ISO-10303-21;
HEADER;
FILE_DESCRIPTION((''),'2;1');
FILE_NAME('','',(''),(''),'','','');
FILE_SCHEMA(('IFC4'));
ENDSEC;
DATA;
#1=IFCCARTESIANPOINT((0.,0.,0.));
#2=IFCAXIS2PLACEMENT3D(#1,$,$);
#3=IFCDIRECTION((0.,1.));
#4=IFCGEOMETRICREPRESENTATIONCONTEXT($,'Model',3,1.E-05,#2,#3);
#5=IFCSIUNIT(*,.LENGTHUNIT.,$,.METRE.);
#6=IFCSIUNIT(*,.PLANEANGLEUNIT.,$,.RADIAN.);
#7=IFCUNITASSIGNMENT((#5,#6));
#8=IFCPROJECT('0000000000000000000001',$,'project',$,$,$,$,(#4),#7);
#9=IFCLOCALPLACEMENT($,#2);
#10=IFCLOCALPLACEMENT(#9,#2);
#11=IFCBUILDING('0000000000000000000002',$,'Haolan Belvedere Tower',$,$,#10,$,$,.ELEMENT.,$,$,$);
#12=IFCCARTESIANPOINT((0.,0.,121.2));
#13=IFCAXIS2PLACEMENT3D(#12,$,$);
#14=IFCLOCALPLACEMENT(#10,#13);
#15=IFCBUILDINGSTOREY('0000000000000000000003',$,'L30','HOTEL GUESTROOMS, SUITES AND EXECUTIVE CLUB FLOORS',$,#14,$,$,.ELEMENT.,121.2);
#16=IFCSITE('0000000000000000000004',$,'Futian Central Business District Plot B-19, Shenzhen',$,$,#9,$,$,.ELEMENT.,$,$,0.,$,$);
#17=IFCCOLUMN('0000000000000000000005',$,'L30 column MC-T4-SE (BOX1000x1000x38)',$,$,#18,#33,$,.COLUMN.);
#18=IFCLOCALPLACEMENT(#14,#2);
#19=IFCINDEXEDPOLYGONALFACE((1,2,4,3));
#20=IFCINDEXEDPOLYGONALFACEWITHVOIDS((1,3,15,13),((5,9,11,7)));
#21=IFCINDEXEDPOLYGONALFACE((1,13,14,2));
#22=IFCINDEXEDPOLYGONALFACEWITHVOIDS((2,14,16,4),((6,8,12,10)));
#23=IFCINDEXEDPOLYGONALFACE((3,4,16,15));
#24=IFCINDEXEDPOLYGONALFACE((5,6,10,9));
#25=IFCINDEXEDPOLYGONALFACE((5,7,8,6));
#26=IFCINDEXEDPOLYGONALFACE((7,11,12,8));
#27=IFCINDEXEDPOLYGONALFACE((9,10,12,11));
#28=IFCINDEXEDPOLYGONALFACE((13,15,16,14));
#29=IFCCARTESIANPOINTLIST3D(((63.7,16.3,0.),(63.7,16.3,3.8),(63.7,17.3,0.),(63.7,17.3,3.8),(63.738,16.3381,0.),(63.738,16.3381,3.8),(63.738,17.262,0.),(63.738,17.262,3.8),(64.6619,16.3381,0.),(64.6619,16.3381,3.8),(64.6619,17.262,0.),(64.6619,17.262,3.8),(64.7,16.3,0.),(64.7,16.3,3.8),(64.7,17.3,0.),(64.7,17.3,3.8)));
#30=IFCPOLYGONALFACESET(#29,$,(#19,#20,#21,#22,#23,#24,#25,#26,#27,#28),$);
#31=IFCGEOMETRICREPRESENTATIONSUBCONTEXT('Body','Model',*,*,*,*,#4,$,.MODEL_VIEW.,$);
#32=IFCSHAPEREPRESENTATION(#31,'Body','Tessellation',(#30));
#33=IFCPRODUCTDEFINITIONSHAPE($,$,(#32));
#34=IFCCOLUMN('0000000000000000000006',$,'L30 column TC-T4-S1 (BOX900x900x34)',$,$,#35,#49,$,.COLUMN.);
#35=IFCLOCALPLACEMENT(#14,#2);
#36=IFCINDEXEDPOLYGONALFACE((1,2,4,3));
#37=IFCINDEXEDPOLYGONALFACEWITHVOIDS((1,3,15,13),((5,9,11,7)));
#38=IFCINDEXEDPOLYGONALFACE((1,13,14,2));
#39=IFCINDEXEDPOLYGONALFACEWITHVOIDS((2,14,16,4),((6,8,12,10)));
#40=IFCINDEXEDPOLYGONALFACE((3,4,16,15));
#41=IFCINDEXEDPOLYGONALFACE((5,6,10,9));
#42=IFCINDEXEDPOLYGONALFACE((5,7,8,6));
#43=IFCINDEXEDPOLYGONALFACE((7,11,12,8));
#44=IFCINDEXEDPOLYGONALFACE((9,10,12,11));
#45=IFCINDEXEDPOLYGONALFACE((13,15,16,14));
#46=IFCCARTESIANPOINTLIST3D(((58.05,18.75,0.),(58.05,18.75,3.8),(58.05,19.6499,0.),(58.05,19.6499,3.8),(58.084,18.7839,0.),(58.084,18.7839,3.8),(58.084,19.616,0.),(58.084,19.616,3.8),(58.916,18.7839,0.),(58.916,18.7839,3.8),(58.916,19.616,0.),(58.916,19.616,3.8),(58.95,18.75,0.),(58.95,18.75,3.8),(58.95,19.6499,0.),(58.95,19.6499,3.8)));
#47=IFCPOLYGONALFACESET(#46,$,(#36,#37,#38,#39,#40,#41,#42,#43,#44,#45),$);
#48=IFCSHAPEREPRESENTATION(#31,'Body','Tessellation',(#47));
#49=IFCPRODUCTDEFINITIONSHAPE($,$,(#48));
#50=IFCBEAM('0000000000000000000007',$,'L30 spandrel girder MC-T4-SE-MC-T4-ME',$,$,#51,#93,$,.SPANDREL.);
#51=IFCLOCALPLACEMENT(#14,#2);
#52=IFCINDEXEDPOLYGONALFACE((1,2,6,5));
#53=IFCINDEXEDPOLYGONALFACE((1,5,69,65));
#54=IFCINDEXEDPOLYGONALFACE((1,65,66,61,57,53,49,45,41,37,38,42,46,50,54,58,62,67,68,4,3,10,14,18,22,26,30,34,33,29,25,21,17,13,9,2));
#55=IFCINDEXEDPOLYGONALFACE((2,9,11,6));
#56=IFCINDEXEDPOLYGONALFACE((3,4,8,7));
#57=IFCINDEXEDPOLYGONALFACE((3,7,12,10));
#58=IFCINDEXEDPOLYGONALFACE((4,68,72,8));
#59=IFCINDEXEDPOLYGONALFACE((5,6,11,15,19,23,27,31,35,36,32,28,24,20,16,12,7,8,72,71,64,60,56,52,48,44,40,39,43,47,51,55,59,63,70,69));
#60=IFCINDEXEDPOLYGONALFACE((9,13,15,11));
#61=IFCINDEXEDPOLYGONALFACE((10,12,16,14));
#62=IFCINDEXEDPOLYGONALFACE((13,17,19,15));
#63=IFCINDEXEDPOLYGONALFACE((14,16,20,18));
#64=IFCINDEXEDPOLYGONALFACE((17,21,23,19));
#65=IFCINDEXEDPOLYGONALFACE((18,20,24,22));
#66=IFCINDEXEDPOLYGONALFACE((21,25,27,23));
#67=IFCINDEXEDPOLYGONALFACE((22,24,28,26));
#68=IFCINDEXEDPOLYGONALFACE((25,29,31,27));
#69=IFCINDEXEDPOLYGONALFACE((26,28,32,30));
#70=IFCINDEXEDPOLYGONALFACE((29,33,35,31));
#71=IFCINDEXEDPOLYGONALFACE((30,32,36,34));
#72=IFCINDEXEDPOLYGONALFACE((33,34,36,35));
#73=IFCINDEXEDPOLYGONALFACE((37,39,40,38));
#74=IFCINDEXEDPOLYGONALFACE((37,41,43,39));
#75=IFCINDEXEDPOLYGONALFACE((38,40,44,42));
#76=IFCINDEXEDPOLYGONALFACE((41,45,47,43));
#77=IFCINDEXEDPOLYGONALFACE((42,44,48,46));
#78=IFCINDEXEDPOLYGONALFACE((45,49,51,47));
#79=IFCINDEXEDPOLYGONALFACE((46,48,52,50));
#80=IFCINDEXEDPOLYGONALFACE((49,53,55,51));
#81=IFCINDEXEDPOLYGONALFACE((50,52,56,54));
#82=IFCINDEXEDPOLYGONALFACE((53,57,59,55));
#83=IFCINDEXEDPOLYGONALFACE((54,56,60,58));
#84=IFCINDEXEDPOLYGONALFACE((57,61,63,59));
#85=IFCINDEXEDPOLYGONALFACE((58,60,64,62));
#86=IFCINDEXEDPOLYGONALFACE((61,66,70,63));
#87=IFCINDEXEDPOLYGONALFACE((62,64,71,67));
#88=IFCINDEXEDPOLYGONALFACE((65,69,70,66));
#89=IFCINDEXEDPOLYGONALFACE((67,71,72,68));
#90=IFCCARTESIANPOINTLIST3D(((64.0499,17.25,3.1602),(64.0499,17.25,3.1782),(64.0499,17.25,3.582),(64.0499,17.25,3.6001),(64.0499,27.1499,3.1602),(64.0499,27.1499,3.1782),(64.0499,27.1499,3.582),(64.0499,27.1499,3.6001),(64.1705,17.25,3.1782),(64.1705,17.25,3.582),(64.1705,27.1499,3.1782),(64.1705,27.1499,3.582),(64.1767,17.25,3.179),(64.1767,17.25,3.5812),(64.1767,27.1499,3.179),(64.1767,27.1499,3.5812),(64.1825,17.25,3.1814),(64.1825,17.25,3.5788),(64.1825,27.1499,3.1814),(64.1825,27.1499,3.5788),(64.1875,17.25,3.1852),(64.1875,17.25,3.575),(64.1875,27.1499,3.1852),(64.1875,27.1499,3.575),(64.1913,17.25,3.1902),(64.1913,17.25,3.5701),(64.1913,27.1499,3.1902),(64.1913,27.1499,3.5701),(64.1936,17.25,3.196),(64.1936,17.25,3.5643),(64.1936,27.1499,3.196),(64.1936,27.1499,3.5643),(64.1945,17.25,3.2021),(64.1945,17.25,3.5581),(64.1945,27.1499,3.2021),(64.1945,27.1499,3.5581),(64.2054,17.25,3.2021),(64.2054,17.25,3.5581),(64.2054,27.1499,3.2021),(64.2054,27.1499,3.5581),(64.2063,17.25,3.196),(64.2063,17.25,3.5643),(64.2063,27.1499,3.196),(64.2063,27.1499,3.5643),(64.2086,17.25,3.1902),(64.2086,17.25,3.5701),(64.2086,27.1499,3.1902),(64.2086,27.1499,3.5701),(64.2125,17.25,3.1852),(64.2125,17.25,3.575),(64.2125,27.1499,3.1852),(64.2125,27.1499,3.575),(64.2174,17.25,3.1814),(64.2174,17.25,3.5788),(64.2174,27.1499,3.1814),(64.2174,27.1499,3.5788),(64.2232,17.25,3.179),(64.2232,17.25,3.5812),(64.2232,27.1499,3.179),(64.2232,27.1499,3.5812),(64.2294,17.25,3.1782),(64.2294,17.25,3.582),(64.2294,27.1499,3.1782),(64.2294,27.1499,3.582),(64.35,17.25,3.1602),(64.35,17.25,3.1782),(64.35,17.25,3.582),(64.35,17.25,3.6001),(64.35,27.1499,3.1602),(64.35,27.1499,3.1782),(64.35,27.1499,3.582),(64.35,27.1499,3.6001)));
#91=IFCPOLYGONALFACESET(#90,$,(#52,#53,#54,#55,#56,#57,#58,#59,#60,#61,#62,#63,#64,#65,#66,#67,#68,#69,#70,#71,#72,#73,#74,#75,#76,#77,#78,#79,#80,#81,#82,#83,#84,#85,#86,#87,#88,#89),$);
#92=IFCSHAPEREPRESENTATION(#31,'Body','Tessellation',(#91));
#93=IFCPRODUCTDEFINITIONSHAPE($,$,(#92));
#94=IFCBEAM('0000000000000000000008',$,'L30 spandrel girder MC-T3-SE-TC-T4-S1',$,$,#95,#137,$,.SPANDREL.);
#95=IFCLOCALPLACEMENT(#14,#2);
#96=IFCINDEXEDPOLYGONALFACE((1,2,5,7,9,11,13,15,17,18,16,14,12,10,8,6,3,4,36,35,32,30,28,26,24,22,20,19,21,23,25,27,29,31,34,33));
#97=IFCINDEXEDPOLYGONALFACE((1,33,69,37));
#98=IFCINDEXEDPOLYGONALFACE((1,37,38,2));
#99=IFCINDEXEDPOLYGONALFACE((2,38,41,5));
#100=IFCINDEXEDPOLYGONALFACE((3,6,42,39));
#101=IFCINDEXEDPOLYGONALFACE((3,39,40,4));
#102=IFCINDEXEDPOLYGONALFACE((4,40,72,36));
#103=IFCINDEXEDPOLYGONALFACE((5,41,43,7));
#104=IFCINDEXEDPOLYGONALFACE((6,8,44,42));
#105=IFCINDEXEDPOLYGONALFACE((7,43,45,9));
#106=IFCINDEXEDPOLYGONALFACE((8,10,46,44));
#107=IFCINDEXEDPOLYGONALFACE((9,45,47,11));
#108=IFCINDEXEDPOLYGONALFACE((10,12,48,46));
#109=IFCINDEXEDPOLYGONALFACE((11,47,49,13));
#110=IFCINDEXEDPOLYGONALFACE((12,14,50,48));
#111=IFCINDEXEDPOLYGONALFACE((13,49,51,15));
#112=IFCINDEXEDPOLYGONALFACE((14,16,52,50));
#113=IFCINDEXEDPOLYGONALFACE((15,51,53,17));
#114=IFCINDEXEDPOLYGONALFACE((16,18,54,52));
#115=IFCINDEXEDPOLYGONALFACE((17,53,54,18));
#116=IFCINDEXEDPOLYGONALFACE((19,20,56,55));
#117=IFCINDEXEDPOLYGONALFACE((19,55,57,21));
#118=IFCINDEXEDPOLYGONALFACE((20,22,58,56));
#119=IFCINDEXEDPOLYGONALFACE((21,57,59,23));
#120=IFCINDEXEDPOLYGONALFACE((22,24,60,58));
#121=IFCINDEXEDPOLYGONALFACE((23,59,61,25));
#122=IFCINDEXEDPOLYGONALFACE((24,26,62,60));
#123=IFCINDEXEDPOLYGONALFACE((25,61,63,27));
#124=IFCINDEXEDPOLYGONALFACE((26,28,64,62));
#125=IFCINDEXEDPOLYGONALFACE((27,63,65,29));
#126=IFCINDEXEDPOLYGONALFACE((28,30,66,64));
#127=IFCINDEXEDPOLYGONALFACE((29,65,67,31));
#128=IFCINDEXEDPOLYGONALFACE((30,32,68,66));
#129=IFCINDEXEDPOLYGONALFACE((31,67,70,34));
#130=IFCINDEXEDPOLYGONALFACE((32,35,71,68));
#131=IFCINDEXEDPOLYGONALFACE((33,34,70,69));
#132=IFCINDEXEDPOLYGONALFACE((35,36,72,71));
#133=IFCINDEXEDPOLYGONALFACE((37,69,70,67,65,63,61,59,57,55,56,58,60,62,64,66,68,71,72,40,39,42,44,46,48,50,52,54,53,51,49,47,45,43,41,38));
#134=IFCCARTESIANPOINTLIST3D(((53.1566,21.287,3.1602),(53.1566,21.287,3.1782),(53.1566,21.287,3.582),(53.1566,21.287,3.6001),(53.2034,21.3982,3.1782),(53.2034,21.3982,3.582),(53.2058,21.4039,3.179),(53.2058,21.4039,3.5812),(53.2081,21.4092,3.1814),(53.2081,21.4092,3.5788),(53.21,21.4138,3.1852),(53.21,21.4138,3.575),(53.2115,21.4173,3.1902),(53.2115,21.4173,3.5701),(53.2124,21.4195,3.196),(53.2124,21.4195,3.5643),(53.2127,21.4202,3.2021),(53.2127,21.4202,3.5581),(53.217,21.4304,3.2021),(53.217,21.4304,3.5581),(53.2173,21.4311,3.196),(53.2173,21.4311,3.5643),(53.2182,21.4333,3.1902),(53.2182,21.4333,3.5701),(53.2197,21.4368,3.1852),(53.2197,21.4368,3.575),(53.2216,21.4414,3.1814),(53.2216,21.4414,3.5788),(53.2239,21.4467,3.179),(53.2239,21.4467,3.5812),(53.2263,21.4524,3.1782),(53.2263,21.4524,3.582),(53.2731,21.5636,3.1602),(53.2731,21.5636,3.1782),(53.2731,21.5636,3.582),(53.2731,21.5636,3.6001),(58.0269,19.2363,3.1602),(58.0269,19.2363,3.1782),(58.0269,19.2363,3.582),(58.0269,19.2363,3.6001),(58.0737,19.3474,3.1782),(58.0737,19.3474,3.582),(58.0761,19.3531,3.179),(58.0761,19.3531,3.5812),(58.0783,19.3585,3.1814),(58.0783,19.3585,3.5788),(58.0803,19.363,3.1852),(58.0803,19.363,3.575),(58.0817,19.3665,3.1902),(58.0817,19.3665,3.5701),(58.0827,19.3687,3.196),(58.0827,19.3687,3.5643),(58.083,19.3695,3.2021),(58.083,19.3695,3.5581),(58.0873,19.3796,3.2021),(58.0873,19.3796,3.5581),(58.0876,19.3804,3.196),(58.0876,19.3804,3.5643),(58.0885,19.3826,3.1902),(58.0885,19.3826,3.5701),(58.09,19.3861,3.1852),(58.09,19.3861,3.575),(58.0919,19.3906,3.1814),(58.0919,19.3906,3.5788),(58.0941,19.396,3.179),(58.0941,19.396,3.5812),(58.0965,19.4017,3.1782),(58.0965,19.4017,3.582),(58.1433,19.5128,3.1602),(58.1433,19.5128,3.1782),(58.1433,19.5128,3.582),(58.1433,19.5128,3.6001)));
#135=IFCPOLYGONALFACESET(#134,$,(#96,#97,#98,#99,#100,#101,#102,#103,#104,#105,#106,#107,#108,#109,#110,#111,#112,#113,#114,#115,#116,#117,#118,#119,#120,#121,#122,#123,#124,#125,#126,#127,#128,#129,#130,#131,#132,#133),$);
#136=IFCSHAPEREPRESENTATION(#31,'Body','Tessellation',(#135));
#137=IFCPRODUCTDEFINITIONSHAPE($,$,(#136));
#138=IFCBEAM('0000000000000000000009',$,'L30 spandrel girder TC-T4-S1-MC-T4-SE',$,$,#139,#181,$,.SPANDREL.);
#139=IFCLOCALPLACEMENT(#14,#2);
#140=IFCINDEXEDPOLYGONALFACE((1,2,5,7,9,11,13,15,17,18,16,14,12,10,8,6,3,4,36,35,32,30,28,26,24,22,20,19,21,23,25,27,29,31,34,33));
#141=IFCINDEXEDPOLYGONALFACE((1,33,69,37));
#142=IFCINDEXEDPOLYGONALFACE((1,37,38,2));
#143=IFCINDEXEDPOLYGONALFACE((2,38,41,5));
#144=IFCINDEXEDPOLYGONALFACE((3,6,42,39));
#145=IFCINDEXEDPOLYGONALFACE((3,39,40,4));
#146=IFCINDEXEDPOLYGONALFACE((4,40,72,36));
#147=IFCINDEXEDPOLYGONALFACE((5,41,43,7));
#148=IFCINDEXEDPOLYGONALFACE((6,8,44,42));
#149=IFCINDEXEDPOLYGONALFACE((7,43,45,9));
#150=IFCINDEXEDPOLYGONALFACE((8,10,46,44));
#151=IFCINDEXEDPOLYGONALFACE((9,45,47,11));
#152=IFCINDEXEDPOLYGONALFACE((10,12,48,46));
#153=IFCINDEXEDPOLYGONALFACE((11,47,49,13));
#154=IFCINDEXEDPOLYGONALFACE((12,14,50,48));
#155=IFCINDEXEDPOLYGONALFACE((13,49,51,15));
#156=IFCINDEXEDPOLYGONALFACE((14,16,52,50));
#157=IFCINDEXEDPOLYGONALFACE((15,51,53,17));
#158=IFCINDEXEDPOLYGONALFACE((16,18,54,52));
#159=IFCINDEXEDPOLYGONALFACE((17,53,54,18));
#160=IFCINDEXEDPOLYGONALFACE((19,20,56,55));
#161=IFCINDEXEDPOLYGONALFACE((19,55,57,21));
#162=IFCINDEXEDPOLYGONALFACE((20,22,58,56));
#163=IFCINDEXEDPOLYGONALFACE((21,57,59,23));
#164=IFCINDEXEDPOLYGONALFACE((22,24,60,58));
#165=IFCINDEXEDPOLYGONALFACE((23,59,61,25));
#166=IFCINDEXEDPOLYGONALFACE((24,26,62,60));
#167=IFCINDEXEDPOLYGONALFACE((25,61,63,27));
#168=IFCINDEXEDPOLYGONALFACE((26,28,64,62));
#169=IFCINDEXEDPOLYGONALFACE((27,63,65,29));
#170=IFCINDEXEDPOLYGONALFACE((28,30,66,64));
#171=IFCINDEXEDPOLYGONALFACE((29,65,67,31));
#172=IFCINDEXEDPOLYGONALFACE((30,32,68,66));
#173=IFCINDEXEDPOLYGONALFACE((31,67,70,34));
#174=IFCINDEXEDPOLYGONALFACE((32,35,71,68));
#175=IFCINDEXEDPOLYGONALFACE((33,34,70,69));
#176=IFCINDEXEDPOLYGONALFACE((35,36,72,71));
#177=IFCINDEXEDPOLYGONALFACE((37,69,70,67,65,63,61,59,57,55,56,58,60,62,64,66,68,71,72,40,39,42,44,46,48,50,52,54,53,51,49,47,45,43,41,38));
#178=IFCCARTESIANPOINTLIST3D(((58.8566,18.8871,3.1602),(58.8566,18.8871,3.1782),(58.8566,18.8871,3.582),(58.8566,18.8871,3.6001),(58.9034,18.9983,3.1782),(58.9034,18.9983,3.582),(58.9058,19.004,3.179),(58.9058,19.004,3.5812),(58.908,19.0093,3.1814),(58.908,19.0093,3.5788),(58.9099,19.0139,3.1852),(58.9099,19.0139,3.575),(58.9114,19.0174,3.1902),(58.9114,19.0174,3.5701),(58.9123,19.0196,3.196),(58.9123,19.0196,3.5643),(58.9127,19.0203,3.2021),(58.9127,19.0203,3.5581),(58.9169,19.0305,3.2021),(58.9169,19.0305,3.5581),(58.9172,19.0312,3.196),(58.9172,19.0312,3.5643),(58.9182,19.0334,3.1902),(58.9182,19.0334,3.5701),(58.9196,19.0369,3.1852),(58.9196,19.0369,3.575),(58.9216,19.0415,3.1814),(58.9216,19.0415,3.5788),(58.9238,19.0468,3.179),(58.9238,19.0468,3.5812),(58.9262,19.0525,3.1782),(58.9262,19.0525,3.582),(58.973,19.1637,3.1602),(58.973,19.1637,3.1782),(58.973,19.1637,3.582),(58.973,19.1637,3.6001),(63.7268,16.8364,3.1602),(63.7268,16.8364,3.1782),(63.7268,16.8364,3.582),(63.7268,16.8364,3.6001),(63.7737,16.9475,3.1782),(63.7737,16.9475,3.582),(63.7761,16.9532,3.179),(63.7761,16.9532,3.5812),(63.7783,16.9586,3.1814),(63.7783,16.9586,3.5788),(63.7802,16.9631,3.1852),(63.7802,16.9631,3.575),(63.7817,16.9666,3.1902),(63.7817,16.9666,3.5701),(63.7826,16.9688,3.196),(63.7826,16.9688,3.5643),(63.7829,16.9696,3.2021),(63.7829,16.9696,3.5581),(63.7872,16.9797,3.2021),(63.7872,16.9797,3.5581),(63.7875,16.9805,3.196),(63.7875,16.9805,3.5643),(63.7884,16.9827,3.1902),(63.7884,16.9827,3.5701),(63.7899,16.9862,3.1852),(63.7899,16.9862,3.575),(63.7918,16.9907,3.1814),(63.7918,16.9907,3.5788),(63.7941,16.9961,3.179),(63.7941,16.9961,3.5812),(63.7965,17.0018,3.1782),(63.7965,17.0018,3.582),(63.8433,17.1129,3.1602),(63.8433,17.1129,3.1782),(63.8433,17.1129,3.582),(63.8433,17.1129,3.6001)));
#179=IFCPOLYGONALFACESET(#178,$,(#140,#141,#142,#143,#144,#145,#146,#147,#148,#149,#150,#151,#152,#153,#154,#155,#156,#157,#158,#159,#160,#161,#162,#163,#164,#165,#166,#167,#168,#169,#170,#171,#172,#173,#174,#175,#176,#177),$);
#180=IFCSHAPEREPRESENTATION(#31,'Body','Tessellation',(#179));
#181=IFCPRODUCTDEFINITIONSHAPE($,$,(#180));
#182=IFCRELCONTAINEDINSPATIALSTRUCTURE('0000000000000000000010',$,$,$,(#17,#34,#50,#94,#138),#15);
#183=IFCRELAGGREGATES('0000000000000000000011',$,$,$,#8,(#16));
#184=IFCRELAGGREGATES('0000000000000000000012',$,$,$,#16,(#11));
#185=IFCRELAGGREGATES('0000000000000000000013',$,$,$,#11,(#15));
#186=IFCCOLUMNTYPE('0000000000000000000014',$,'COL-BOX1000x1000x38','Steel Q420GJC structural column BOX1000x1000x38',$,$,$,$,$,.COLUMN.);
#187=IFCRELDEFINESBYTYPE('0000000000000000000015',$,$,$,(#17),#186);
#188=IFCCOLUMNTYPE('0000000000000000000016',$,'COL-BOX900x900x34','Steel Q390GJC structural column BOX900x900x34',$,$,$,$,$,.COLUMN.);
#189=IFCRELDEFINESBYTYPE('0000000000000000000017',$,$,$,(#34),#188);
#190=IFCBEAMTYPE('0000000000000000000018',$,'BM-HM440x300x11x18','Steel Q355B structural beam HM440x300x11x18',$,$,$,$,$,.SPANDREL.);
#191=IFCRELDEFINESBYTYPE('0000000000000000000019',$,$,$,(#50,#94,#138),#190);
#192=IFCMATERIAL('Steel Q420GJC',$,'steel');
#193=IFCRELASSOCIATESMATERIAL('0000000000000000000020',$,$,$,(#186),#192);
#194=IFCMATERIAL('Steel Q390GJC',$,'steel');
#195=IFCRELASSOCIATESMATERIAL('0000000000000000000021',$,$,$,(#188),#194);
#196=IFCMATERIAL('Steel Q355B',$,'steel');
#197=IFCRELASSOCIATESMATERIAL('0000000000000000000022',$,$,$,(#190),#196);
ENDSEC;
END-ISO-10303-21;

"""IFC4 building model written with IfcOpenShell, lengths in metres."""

from ifc_helpers import new_model, si_unit, direction, frame, origin, origin_2d, place, context, subcontext, project, spatial, hollow_rectangle, i_section, extrude, material, material_profile, profile_set, type_object, element, save


model = new_model("IFC4")

# Units and contexts
model_context = context("Model", 3, precision=1e-05, world=origin(), true_north=direction((0.0, 1.0)))
body_context = subcontext(model_context, "Body", "Model", "MODEL_VIEW")
ifc_project = project(units=[si_unit("LENGTHUNIT", "METRE"), si_unit("PLANEANGLEUNIT", "RADIAN")], contexts=[model_context])

# Site, building, storey
site_placement = place(None, origin())
site = spatial("IfcSite", under=ifc_project, at=site_placement, Name="Futian Central Business District Plot B-19, Shenzhen", CompositionType="ELEMENT", RefElevation=0.0)
building_placement = place(site_placement, origin())
building = spatial("IfcBuilding", under=site, at=building_placement, Name="Haolan Belvedere Tower", CompositionType="ELEMENT")
storey_placement = place(building_placement, frame((0.0, 0.0, 121.2)))
storey = spatial("IfcBuildingStorey", under=building, at=storey_placement, Name="L30", Description="HOTEL GUESTROOMS, SUITES AND EXECUTIVE CLUB FLOORS", CompositionType="ELEMENT", Elevation=121.2)

# Columns
ifc_material_1 = material(Name="Steel Q420GJC", Category="steel")
ifc_material_profile_1 = material_profile(ifc_material_1, hollow_rectangle(XDim=1.0, YDim=1.0, WallThickness=0.0381, at=origin_2d()), Name="Steel Q420GJC")
ifc_profile_set_1 = profile_set([ifc_material_profile_1], Name="Steel Q420GJC")
column_type_1 = type_object("IfcColumnType", Name="COL-BOX1000x1000x38", Description="Steel Q420GJC structural column BOX1000x1000x38", PredefinedType="COLUMN", material=ifc_profile_set_1)
column_1_placement = place(storey_placement, frame((64.2, 16.8, 0.0), z_axis=(0.0, 0.0, 1.0), x_axis=(1.0, 0.0, 0.0)))
element("IfcColumn", 1, at=column_1_placement, inside=storey, type_object=column_type_1, Name="L30 column MC-T4-SE (BOX1000x1000x38)", PredefinedType="COLUMN", context=body_context, shape_type="SweptSolid", body=[
    extrude(hollow_rectangle(XDim=1.0, YDim=1.0, WallThickness=0.0381, at=origin_2d()), origin(), (0.0, 0.0, 1.0), 3.8),
])
ifc_material_2 = material(Name="Steel Q390GJC", Category="steel")
ifc_material_profile_2 = material_profile(ifc_material_2, hollow_rectangle(XDim=0.8999, YDim=0.8999, WallThickness=0.0339, at=origin_2d()), Name="Steel Q390GJC")
ifc_profile_set_2 = profile_set([ifc_material_profile_2], Name="Steel Q390GJC")
column_type_2 = type_object("IfcColumnType", Name="COL-BOX900x900x34", Description="Steel Q390GJC structural column BOX900x900x34", PredefinedType="COLUMN", material=ifc_profile_set_2)
column_2_placement = place(storey_placement, frame((58.5, 19.2, 0.0), z_axis=(0.0, 0.0, 1.0), x_axis=(1.0, 0.0, 0.0)))
element("IfcColumn", 2, at=column_2_placement, inside=storey, type_object=column_type_2, Name="L30 column TC-T4-S1 (BOX900x900x34)", PredefinedType="COLUMN", context=body_context, shape_type="SweptSolid", body=[
    extrude(hollow_rectangle(XDim=0.8999, YDim=0.8999, WallThickness=0.0339, at=origin_2d()), origin(), (0.0, 0.0, 1.0), 3.8),
])

# Beams
ifc_material_3 = material(Name="Steel Q355B", Category="steel")
ifc_material_profile_3 = material_profile(ifc_material_3, i_section(OverallWidth=0.3, OverallDepth=0.4399, WebThickness=0.011, FlangeThickness=0.0181, FilletRadius=0.0239, at=origin_2d()), Name="Steel Q355B")
ifc_profile_set_3 = profile_set([ifc_material_profile_3], Name="Steel Q355B")
beam_type_1 = type_object("IfcBeamType", Name="BM-HM440x300x11x18", Description="Steel Q355B structural beam HM440x300x11x18", PredefinedType="SPANDREL", material=ifc_profile_set_3)
beam_1_placement = place(storey_placement, frame((64.2, 17.25, 3.3801), z_axis=(0.0, 1.0, 0.0), x_axis=(-1.0, 0.0, 0.0)))
element("IfcBeam", 3, at=beam_1_placement, inside=storey, type_object=beam_type_1, Name="L30 spandrel girder MC-T4-SE-MC-T4-ME", PredefinedType="SPANDREL", context=body_context, shape_type="SweptSolid", body=[
    extrude(i_section(OverallWidth=0.3, OverallDepth=0.4399, WebThickness=0.011, FlangeThickness=0.0181, FilletRadius=0.0239, at=origin_2d()), origin(), (0.0, 0.0, 1.0), 9.8999),
])
for number, where, z_axis, x_axis, name in (
    (4, (53.2148, 21.4253, 3.3801), (0.921628, -0.388074, 0.0), (0.388074, 0.921628, 0.0), "L30 spandrel girder MC-T3-SE-TC-T4-S1"),
    (5, (58.9148, 19.0254, 3.3801), (0.921628, -0.388074, 0.0), (0.388074, 0.921628, 0.0), "L30 spandrel girder TC-T4-S1-MC-T4-SE"),
):
    element("IfcBeam", number, at=place(storey_placement, frame(where, z_axis=z_axis, x_axis=x_axis)), inside=storey, type_object=beam_type_1, Name=name, PredefinedType="SPANDREL", context=body_context, shape_type="SweptSolid", body=[
        extrude(i_section(OverallWidth=0.3, OverallDepth=0.4399, WebThickness=0.011, FlangeThickness=0.0181, FilletRadius=0.0239, at=origin_2d()), origin(), (0.0, 0.0, 1.0), 5.2844),
    ])

save(model, "model.ifc")
